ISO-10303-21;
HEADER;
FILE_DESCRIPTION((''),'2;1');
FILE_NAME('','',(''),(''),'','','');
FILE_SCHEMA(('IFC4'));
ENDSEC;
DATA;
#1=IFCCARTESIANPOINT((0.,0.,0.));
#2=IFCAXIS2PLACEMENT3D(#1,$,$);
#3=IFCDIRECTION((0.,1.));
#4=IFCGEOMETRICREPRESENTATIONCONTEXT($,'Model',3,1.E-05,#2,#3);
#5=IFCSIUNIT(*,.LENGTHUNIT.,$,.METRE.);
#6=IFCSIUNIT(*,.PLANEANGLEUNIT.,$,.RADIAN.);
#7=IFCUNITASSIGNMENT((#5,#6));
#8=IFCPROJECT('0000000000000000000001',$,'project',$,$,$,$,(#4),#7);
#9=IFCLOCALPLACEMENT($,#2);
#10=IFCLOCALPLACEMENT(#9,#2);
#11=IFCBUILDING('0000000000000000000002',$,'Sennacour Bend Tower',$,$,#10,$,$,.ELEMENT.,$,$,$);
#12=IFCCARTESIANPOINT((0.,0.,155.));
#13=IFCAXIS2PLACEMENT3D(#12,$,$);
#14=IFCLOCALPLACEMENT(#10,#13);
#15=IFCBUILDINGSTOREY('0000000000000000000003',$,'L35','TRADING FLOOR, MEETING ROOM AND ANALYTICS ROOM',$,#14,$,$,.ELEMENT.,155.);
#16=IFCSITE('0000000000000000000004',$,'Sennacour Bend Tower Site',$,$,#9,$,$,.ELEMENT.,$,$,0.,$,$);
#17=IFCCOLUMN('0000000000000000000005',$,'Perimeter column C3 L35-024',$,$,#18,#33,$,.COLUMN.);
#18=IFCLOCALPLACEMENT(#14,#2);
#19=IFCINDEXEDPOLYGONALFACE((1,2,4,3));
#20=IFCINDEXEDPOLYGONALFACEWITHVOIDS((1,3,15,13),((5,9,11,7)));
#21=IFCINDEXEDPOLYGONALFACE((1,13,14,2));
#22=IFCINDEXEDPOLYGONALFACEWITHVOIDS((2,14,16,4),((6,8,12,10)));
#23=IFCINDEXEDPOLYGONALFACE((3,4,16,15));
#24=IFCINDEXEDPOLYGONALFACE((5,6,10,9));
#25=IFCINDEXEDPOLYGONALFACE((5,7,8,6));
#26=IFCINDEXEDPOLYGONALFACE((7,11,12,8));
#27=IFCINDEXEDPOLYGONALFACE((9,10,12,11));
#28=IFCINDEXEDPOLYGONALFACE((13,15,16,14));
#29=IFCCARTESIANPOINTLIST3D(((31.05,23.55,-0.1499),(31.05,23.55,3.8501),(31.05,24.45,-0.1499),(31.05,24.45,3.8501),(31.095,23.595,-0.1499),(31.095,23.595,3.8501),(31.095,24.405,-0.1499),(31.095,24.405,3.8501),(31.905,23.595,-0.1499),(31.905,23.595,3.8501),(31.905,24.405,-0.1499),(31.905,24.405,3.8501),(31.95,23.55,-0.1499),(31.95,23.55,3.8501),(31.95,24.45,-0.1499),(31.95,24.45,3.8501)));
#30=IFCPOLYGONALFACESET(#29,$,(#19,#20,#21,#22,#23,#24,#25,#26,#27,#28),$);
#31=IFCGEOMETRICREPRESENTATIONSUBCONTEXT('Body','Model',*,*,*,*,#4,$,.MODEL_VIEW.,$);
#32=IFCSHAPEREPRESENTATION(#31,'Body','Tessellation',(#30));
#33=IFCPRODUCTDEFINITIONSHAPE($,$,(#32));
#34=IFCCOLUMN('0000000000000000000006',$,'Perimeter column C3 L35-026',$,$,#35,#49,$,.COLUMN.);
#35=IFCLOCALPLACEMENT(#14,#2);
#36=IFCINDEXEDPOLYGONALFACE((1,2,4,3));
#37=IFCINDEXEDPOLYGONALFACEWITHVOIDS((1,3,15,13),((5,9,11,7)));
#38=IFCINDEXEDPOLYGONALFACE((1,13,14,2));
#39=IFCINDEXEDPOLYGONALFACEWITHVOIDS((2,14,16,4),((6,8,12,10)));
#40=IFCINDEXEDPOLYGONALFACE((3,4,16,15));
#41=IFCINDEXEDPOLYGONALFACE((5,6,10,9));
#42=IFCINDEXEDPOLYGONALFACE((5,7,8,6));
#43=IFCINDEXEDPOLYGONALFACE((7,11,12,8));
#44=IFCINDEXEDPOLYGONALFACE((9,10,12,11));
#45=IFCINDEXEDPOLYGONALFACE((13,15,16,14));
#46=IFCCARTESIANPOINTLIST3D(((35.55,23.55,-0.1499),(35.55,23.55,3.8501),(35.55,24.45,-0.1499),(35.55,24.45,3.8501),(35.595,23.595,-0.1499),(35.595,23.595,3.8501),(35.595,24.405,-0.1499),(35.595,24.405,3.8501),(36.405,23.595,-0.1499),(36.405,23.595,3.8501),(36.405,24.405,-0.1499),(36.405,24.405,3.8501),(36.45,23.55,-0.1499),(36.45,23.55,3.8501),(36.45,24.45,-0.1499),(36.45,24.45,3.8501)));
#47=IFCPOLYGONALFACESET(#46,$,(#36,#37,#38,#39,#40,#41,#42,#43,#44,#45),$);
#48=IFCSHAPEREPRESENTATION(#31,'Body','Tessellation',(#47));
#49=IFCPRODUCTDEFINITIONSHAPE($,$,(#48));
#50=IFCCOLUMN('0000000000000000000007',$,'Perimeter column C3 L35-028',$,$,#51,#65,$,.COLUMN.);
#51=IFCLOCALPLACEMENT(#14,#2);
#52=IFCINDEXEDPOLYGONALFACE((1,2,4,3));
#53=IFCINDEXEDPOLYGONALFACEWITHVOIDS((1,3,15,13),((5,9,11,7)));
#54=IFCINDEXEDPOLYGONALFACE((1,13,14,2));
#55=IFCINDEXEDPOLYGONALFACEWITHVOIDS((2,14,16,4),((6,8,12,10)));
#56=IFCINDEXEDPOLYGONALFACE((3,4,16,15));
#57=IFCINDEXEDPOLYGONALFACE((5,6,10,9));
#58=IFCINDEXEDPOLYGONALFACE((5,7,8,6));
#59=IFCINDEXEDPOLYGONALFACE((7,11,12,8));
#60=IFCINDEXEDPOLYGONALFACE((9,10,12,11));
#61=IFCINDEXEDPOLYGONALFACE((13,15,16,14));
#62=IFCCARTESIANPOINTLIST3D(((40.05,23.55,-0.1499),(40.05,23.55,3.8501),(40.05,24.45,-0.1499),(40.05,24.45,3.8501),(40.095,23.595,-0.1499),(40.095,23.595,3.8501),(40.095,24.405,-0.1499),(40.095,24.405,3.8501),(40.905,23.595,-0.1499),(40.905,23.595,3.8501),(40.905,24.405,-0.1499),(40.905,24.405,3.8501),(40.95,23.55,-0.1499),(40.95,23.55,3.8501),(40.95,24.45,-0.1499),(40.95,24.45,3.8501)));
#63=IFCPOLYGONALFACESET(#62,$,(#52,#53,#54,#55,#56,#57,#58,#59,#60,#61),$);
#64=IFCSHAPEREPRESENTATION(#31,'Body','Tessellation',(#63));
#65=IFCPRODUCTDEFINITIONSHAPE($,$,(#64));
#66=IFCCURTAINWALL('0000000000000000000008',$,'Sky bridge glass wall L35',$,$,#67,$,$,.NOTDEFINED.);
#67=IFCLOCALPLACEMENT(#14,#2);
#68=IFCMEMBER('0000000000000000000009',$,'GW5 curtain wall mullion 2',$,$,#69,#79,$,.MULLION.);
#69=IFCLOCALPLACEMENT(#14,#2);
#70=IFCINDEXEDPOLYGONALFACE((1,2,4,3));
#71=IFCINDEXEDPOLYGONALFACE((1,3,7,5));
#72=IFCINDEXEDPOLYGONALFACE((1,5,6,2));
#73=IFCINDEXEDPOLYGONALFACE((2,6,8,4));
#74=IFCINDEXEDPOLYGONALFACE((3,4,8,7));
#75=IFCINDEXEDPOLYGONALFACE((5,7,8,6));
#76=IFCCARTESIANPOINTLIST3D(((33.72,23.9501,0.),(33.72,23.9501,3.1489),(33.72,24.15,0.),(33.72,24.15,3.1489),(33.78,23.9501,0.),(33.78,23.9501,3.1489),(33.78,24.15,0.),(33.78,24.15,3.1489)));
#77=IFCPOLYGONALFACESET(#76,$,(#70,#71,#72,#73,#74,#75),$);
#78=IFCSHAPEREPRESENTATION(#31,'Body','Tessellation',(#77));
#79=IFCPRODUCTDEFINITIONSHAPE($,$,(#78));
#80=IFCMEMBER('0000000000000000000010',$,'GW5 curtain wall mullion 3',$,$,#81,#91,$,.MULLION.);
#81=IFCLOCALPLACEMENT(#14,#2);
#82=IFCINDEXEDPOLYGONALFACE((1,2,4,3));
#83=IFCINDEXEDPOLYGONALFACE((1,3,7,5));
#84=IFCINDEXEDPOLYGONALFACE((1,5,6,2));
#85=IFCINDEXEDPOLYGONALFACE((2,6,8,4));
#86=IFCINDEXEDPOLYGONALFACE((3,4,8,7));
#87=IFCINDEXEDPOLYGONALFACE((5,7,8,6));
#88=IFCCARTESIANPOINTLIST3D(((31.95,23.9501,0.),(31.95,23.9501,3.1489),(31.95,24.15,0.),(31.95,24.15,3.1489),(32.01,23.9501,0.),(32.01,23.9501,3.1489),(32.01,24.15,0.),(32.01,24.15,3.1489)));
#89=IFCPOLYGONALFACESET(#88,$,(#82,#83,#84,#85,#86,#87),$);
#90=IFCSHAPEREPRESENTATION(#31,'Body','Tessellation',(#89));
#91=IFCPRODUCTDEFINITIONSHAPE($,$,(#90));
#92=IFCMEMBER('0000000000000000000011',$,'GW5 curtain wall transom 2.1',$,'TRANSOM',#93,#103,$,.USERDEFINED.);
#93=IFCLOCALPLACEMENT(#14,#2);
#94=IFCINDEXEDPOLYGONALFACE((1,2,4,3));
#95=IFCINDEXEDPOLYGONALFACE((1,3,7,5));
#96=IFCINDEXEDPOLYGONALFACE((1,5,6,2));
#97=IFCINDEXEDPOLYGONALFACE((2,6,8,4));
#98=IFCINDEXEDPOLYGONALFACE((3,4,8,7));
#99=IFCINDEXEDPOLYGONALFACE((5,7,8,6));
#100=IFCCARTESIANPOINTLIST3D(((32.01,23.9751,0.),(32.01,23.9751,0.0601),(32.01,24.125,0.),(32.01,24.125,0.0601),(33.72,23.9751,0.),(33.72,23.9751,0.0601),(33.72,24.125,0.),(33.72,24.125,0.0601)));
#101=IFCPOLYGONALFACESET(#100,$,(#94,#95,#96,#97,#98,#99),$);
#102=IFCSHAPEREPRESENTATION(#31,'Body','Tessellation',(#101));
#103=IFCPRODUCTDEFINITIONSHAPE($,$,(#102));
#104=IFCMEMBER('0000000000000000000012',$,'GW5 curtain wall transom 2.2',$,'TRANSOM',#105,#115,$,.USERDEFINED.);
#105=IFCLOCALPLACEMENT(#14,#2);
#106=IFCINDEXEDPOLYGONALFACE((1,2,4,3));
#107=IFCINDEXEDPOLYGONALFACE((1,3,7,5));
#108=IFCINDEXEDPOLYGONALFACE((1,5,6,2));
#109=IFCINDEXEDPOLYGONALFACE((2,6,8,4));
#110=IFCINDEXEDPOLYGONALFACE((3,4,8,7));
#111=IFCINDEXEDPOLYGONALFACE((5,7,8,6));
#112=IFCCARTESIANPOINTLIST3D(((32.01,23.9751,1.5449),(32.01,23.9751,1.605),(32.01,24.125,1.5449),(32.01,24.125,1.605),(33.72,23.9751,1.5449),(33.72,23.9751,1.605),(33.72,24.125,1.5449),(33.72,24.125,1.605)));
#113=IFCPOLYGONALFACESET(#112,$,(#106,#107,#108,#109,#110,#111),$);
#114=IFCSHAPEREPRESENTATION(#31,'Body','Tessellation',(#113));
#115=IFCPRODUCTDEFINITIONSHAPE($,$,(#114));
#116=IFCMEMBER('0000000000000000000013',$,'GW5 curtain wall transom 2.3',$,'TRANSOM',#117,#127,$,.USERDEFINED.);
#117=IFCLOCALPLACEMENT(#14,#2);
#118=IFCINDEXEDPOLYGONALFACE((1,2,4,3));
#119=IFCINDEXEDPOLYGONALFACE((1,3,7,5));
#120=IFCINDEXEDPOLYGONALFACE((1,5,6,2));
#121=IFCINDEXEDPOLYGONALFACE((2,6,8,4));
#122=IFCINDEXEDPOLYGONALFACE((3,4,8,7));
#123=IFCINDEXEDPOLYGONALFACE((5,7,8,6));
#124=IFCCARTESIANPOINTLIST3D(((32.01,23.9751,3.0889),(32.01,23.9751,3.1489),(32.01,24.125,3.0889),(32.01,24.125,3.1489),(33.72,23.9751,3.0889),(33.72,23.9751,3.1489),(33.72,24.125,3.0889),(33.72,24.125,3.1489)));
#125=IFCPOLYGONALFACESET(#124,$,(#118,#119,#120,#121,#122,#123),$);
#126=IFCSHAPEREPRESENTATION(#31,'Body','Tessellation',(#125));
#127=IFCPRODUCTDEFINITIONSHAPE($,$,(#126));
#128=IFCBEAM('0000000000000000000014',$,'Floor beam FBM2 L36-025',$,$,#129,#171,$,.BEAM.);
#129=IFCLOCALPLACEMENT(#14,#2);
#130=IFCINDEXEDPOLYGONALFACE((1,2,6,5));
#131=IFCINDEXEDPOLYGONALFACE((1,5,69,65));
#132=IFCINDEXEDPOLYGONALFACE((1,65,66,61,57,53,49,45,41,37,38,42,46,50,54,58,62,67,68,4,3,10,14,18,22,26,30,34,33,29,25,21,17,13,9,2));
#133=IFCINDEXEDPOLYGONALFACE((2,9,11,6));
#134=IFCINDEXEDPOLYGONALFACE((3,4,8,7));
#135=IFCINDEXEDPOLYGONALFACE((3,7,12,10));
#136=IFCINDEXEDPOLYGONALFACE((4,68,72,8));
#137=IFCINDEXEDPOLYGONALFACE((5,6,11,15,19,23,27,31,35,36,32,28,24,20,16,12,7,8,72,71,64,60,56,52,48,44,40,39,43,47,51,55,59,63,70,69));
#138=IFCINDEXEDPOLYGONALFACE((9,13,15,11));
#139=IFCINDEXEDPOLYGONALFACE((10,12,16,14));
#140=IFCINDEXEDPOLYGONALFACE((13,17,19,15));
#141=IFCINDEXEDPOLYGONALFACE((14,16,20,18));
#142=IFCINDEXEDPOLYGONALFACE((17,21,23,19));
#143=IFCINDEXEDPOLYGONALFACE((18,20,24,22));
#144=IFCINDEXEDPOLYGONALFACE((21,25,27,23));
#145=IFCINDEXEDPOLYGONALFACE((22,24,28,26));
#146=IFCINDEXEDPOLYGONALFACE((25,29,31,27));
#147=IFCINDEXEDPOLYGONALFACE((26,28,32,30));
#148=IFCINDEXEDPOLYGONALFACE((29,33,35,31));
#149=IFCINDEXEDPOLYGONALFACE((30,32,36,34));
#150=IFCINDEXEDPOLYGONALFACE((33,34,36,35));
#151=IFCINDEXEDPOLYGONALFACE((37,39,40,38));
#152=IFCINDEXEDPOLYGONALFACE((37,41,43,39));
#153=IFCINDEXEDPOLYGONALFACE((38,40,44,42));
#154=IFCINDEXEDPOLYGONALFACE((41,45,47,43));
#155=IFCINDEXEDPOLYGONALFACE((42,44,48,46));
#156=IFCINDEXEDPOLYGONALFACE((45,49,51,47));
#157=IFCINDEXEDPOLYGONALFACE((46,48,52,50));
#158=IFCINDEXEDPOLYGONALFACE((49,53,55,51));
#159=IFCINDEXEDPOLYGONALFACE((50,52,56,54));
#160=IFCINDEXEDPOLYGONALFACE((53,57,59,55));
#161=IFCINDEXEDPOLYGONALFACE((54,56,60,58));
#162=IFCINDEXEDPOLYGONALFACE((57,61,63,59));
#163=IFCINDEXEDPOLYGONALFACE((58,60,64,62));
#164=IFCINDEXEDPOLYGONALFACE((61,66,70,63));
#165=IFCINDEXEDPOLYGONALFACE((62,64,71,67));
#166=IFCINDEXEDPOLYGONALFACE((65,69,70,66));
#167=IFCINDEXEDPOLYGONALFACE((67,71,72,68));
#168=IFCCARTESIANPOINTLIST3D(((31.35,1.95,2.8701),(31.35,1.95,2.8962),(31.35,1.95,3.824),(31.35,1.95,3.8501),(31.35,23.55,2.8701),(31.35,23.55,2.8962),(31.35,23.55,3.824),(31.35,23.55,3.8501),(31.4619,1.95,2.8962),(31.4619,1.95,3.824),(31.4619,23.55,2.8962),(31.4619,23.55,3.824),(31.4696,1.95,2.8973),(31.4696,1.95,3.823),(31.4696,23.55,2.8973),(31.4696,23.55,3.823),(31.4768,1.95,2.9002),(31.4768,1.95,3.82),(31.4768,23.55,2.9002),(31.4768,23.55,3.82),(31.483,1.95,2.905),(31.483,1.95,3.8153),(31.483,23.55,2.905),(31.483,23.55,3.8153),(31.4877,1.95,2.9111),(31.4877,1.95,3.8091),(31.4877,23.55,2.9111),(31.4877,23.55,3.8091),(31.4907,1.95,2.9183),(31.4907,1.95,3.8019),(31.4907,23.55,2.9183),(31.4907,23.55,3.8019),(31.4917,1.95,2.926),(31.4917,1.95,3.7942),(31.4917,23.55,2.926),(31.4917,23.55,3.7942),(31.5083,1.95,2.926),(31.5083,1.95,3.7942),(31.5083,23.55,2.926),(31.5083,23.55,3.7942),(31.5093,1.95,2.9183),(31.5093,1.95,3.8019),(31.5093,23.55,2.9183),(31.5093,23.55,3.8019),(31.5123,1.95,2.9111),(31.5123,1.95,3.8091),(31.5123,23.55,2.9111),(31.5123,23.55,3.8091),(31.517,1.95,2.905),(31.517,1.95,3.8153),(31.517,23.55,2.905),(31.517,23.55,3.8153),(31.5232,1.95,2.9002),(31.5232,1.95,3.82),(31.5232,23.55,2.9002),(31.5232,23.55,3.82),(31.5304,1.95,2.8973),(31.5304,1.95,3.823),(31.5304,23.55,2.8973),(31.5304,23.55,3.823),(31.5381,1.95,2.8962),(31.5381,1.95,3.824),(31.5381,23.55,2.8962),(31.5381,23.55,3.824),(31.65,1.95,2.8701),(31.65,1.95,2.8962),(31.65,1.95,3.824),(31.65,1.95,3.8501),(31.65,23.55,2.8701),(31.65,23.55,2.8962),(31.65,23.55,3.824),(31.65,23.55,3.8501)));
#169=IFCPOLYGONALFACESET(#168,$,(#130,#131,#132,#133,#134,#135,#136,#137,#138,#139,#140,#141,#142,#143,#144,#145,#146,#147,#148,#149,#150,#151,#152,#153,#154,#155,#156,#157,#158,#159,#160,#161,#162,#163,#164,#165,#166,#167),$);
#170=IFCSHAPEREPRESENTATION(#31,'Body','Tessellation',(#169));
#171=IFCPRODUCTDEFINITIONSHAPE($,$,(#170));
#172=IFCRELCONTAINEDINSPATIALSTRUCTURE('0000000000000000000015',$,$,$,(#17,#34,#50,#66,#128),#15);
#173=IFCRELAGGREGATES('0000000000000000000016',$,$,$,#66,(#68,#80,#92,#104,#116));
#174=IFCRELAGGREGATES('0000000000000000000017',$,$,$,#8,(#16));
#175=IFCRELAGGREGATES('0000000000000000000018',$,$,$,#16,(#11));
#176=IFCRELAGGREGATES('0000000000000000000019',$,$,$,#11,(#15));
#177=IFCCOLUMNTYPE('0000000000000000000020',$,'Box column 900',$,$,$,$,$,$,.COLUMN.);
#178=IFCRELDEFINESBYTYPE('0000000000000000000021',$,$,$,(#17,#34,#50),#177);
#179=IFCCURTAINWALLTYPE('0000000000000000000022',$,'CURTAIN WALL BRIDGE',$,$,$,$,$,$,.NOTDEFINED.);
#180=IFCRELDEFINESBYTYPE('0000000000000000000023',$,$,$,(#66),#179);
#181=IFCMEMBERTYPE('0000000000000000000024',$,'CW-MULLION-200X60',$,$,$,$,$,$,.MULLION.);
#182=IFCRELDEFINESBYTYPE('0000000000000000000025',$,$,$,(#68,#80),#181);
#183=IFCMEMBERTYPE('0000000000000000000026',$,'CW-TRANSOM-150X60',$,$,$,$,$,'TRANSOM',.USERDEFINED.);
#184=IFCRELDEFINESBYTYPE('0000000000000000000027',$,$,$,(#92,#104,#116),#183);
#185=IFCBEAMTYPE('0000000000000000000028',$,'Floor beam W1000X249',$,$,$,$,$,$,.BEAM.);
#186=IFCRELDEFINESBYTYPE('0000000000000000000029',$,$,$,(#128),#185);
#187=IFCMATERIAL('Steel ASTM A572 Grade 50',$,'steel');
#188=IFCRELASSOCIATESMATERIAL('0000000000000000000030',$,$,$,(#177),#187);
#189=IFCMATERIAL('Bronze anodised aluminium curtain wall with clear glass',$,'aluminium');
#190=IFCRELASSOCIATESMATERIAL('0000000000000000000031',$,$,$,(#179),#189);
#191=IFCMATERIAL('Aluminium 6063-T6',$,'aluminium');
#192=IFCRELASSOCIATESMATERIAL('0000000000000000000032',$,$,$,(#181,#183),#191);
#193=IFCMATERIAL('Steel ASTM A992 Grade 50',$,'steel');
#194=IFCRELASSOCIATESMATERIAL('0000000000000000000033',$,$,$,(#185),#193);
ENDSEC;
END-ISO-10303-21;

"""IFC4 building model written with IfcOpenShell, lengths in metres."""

from ifc_helpers import new_model, si_unit, direction, frame, origin, origin_2d, place, context, subcontext, project, spatial, rectangle, hollow_rectangle, i_section, extrude, material, material_profile, profile_set, type_object, element, aggregate, save


model = new_model("IFC4")

# Units and contexts
model_context = context("Model", 3, precision=1e-05, world=origin(), true_north=direction((0.0, 1.0)))
body_context = subcontext(model_context, "Body", "Model", "MODEL_VIEW")
ifc_project = project(units=[si_unit("LENGTHUNIT", "METRE"), si_unit("PLANEANGLEUNIT", "RADIAN")], contexts=[model_context])

# Site, building, storey
site_placement = place(None, origin())
site = spatial("IfcSite", under=ifc_project, at=site_placement, Name="Sennacour Bend Tower Site", CompositionType="ELEMENT", RefElevation=0.0)
building_placement = place(site_placement, origin())
building = spatial("IfcBuilding", under=site, at=building_placement, Name="Sennacour Bend Tower", CompositionType="ELEMENT")
storey_placement = place(building_placement, frame((0.0, 0.0, 155.0)))
storey = spatial("IfcBuildingStorey", under=building, at=storey_placement, Name="L35", Description="TRADING FLOOR, MEETING ROOM AND ANALYTICS ROOM", CompositionType="ELEMENT", Elevation=155.0)

# Columns
ifc_material_1 = material(Name="Steel ASTM A572 Grade 50", Category="steel")
ifc_material_profile_1 = material_profile(ifc_material_1, hollow_rectangle(XDim=0.8999, YDim=0.8999, WallThickness=0.0449, at=origin_2d()), Name="Steel ASTM A572 Grade 50", Category="steel")
ifc_profile_set_1 = profile_set([ifc_material_profile_1], Name="Steel ASTM A572 Grade 50")
column_type = type_object("IfcColumnType", Name="Box column 900", PredefinedType="COLUMN", material=ifc_profile_set_1)
for number, where, z_axis, x_axis, name in (
    (1, (31.5, 24.0, -0.1499), (0.0, 0.0, 1.0), (1.0, 0.0, 0.0), "Perimeter column C3 L35-024"),
    (2, (36.0, 24.0, -0.1499), (0.0, 0.0, 1.0), (1.0, 0.0, 0.0), "Perimeter column C3 L35-026"),
    (3, (40.5, 24.0, -0.1499), (0.0, 0.0, 1.0), (1.0, 0.0, 0.0), "Perimeter column C3 L35-028"),
):
    element("IfcColumn", number, at=place(storey_placement, frame(where, z_axis=z_axis, x_axis=x_axis)), inside=storey, type_object=column_type, Name=name, PredefinedType="COLUMN", context=body_context, shape_type="SweptSolid", body=[
        extrude(hollow_rectangle(XDim=0.8999, YDim=0.8999, WallThickness=0.0449, at=origin_2d()), origin(), (0.0, 0.0, 1.0), 4.0),
    ])

# Curtain wall, members
ifc_material_2 = material(Name="Bronze anodised aluminium curtain wall with clear glass", Category="aluminium")
curtain_wall_type = type_object("IfcCurtainWallType", Name="CURTAIN WALL BRIDGE", PredefinedType="NOTDEFINED", material=ifc_material_2)
curtain_wall_placement = place(storey_placement, origin())
curtain_wall = element("IfcCurtainWall", 4, at=curtain_wall_placement, inside=storey, type_object=curtain_wall_type, Name="Sky bridge glass wall L35", PredefinedType="NOTDEFINED")
ifc_material_3 = material(Name="Aluminium 6063-T6", Category="aluminium")
ifc_material_profile_2 = material_profile(ifc_material_3, rectangle(XDim=0.2, YDim=0.0601, at=origin_2d()), Name="Aluminium 6063-T6", Category="aluminium")
ifc_profile_set_2 = profile_set([ifc_material_profile_2], Name="Aluminium 6063-T6")
member_type_1 = type_object("IfcMemberType", Name="CW-MULLION-200X60", PredefinedType="MULLION", material=ifc_profile_set_2)
member_1_placement = place(storey_placement, frame((33.75, 24.05, 0.0), z_axis=(0.0, 0.0, 1.0), x_axis=(0.0, -1.0, 0.0)))
member_1 = element("IfcMember", 5, at=member_1_placement, type_object=member_type_1, Name="GW5 curtain wall mullion 2", PredefinedType="MULLION", context=body_context, shape_type="SweptSolid", body=[
    extrude(rectangle(XDim=0.2, YDim=0.0601, at=origin_2d()), origin(), (0.0, 0.0, 1.0), 3.1489),
])
member_2_placement = place(storey_placement, frame((31.98, 24.05, 0.0), z_axis=(0.0, 0.0, 1.0), x_axis=(0.0, -1.0, 0.0)))
member_2 = element("IfcMember", 6, at=member_2_placement, type_object=member_type_1, Name="GW5 curtain wall mullion 3", PredefinedType="MULLION", context=body_context, shape_type="SweptSolid", body=[
    extrude(rectangle(XDim=0.2, YDim=0.0601, at=origin_2d()), origin(), (0.0, 0.0, 1.0), 3.1489),
])
ifc_material_profile_3 = material_profile(ifc_material_3, rectangle(XDim=0.1499, YDim=0.0601, at=origin_2d()), Name="Aluminium 6063-T6", Category="aluminium")
ifc_profile_set_3 = profile_set([ifc_material_profile_3], Name="Aluminium 6063-T6")
member_type_2 = type_object("IfcMemberType", Name="CW-TRANSOM-150X60", ElementType="TRANSOM", PredefinedType="USERDEFINED", material=ifc_profile_set_3)
member_3_placement = place(storey_placement, frame((33.72, 24.05, 0.03), z_axis=(-1.0, 0.0, 0.0), x_axis=(0.0, -1.0, 0.0)))
member_3 = element("IfcMember", 7, at=member_3_placement, type_object=member_type_2, Name="GW5 curtain wall transom 2.1", ObjectType="TRANSOM", PredefinedType="USERDEFINED", context=body_context, shape_type="SweptSolid", body=[
    extrude(rectangle(XDim=0.1499, YDim=0.0601, at=origin_2d()), origin(), (0.0, 0.0, 1.0), 1.71),
])
member_4_placement = place(storey_placement, frame((33.72, 24.05, 1.575), z_axis=(-1.0, 0.0, 0.0), x_axis=(0.0, -1.0, 0.0)))
member_4 = element("IfcMember", 8, at=member_4_placement, type_object=member_type_2, Name="GW5 curtain wall transom 2.2", ObjectType="TRANSOM", PredefinedType="USERDEFINED", context=body_context, shape_type="SweptSolid", body=[
    extrude(rectangle(XDim=0.1499, YDim=0.0601, at=origin_2d()), origin(), (0.0, 0.0, 1.0), 1.71),
])
member_5_placement = place(storey_placement, frame((33.72, 24.05, 3.1189), z_axis=(-1.0, 0.0, 0.0), x_axis=(0.0, -1.0, 0.0)))
member_5 = element("IfcMember", 9, at=member_5_placement, type_object=member_type_2, Name="GW5 curtain wall transom 2.3", ObjectType="TRANSOM", PredefinedType="USERDEFINED", context=body_context, shape_type="SweptSolid", body=[
    extrude(rectangle(XDim=0.1499, YDim=0.0601, at=origin_2d()), origin(), (0.0, 0.0, 1.0), 1.71),
])

# Beam
ifc_material_4 = material(Name="Steel ASTM A992 Grade 50", Category="steel")
ifc_material_profile_4 = material_profile(ifc_material_4, i_section(OverallWidth=0.3, OverallDepth=0.98, WebThickness=0.0166, FlangeThickness=0.0261, FilletRadius=0.0298, at=origin_2d()), Name="Steel ASTM A992 Grade 50", Category="steel")
ifc_profile_set_4 = profile_set([ifc_material_profile_4], Name="Steel ASTM A992 Grade 50")
beam_type = type_object("IfcBeamType", Name="Floor beam W1000X249", PredefinedType="BEAM", material=ifc_profile_set_4)
for number, where, z_axis, x_axis, name in (
    (10, (31.5, 1.95, 3.3601), (0.0, 1.0, 0.0), (-1.0, 0.0, 0.0), "Floor beam FBM2 L36-025"),
):
    element("IfcBeam", number, at=place(storey_placement, frame(where, z_axis=z_axis, x_axis=x_axis)), inside=storey, type_object=beam_type, Name=name, PredefinedType="BEAM", context=body_context, shape_type="SweptSolid", body=[
        extrude(i_section(OverallWidth=0.3, OverallDepth=0.98, WebThickness=0.0166, FlangeThickness=0.0261, FilletRadius=0.0298, at=origin_2d()), origin(), (0.0, 0.0, 1.0), 21.6001),
    ])

aggregate(curtain_wall, [member_1, member_2, member_3, member_4, member_5])

save(model, "model.ifc")
